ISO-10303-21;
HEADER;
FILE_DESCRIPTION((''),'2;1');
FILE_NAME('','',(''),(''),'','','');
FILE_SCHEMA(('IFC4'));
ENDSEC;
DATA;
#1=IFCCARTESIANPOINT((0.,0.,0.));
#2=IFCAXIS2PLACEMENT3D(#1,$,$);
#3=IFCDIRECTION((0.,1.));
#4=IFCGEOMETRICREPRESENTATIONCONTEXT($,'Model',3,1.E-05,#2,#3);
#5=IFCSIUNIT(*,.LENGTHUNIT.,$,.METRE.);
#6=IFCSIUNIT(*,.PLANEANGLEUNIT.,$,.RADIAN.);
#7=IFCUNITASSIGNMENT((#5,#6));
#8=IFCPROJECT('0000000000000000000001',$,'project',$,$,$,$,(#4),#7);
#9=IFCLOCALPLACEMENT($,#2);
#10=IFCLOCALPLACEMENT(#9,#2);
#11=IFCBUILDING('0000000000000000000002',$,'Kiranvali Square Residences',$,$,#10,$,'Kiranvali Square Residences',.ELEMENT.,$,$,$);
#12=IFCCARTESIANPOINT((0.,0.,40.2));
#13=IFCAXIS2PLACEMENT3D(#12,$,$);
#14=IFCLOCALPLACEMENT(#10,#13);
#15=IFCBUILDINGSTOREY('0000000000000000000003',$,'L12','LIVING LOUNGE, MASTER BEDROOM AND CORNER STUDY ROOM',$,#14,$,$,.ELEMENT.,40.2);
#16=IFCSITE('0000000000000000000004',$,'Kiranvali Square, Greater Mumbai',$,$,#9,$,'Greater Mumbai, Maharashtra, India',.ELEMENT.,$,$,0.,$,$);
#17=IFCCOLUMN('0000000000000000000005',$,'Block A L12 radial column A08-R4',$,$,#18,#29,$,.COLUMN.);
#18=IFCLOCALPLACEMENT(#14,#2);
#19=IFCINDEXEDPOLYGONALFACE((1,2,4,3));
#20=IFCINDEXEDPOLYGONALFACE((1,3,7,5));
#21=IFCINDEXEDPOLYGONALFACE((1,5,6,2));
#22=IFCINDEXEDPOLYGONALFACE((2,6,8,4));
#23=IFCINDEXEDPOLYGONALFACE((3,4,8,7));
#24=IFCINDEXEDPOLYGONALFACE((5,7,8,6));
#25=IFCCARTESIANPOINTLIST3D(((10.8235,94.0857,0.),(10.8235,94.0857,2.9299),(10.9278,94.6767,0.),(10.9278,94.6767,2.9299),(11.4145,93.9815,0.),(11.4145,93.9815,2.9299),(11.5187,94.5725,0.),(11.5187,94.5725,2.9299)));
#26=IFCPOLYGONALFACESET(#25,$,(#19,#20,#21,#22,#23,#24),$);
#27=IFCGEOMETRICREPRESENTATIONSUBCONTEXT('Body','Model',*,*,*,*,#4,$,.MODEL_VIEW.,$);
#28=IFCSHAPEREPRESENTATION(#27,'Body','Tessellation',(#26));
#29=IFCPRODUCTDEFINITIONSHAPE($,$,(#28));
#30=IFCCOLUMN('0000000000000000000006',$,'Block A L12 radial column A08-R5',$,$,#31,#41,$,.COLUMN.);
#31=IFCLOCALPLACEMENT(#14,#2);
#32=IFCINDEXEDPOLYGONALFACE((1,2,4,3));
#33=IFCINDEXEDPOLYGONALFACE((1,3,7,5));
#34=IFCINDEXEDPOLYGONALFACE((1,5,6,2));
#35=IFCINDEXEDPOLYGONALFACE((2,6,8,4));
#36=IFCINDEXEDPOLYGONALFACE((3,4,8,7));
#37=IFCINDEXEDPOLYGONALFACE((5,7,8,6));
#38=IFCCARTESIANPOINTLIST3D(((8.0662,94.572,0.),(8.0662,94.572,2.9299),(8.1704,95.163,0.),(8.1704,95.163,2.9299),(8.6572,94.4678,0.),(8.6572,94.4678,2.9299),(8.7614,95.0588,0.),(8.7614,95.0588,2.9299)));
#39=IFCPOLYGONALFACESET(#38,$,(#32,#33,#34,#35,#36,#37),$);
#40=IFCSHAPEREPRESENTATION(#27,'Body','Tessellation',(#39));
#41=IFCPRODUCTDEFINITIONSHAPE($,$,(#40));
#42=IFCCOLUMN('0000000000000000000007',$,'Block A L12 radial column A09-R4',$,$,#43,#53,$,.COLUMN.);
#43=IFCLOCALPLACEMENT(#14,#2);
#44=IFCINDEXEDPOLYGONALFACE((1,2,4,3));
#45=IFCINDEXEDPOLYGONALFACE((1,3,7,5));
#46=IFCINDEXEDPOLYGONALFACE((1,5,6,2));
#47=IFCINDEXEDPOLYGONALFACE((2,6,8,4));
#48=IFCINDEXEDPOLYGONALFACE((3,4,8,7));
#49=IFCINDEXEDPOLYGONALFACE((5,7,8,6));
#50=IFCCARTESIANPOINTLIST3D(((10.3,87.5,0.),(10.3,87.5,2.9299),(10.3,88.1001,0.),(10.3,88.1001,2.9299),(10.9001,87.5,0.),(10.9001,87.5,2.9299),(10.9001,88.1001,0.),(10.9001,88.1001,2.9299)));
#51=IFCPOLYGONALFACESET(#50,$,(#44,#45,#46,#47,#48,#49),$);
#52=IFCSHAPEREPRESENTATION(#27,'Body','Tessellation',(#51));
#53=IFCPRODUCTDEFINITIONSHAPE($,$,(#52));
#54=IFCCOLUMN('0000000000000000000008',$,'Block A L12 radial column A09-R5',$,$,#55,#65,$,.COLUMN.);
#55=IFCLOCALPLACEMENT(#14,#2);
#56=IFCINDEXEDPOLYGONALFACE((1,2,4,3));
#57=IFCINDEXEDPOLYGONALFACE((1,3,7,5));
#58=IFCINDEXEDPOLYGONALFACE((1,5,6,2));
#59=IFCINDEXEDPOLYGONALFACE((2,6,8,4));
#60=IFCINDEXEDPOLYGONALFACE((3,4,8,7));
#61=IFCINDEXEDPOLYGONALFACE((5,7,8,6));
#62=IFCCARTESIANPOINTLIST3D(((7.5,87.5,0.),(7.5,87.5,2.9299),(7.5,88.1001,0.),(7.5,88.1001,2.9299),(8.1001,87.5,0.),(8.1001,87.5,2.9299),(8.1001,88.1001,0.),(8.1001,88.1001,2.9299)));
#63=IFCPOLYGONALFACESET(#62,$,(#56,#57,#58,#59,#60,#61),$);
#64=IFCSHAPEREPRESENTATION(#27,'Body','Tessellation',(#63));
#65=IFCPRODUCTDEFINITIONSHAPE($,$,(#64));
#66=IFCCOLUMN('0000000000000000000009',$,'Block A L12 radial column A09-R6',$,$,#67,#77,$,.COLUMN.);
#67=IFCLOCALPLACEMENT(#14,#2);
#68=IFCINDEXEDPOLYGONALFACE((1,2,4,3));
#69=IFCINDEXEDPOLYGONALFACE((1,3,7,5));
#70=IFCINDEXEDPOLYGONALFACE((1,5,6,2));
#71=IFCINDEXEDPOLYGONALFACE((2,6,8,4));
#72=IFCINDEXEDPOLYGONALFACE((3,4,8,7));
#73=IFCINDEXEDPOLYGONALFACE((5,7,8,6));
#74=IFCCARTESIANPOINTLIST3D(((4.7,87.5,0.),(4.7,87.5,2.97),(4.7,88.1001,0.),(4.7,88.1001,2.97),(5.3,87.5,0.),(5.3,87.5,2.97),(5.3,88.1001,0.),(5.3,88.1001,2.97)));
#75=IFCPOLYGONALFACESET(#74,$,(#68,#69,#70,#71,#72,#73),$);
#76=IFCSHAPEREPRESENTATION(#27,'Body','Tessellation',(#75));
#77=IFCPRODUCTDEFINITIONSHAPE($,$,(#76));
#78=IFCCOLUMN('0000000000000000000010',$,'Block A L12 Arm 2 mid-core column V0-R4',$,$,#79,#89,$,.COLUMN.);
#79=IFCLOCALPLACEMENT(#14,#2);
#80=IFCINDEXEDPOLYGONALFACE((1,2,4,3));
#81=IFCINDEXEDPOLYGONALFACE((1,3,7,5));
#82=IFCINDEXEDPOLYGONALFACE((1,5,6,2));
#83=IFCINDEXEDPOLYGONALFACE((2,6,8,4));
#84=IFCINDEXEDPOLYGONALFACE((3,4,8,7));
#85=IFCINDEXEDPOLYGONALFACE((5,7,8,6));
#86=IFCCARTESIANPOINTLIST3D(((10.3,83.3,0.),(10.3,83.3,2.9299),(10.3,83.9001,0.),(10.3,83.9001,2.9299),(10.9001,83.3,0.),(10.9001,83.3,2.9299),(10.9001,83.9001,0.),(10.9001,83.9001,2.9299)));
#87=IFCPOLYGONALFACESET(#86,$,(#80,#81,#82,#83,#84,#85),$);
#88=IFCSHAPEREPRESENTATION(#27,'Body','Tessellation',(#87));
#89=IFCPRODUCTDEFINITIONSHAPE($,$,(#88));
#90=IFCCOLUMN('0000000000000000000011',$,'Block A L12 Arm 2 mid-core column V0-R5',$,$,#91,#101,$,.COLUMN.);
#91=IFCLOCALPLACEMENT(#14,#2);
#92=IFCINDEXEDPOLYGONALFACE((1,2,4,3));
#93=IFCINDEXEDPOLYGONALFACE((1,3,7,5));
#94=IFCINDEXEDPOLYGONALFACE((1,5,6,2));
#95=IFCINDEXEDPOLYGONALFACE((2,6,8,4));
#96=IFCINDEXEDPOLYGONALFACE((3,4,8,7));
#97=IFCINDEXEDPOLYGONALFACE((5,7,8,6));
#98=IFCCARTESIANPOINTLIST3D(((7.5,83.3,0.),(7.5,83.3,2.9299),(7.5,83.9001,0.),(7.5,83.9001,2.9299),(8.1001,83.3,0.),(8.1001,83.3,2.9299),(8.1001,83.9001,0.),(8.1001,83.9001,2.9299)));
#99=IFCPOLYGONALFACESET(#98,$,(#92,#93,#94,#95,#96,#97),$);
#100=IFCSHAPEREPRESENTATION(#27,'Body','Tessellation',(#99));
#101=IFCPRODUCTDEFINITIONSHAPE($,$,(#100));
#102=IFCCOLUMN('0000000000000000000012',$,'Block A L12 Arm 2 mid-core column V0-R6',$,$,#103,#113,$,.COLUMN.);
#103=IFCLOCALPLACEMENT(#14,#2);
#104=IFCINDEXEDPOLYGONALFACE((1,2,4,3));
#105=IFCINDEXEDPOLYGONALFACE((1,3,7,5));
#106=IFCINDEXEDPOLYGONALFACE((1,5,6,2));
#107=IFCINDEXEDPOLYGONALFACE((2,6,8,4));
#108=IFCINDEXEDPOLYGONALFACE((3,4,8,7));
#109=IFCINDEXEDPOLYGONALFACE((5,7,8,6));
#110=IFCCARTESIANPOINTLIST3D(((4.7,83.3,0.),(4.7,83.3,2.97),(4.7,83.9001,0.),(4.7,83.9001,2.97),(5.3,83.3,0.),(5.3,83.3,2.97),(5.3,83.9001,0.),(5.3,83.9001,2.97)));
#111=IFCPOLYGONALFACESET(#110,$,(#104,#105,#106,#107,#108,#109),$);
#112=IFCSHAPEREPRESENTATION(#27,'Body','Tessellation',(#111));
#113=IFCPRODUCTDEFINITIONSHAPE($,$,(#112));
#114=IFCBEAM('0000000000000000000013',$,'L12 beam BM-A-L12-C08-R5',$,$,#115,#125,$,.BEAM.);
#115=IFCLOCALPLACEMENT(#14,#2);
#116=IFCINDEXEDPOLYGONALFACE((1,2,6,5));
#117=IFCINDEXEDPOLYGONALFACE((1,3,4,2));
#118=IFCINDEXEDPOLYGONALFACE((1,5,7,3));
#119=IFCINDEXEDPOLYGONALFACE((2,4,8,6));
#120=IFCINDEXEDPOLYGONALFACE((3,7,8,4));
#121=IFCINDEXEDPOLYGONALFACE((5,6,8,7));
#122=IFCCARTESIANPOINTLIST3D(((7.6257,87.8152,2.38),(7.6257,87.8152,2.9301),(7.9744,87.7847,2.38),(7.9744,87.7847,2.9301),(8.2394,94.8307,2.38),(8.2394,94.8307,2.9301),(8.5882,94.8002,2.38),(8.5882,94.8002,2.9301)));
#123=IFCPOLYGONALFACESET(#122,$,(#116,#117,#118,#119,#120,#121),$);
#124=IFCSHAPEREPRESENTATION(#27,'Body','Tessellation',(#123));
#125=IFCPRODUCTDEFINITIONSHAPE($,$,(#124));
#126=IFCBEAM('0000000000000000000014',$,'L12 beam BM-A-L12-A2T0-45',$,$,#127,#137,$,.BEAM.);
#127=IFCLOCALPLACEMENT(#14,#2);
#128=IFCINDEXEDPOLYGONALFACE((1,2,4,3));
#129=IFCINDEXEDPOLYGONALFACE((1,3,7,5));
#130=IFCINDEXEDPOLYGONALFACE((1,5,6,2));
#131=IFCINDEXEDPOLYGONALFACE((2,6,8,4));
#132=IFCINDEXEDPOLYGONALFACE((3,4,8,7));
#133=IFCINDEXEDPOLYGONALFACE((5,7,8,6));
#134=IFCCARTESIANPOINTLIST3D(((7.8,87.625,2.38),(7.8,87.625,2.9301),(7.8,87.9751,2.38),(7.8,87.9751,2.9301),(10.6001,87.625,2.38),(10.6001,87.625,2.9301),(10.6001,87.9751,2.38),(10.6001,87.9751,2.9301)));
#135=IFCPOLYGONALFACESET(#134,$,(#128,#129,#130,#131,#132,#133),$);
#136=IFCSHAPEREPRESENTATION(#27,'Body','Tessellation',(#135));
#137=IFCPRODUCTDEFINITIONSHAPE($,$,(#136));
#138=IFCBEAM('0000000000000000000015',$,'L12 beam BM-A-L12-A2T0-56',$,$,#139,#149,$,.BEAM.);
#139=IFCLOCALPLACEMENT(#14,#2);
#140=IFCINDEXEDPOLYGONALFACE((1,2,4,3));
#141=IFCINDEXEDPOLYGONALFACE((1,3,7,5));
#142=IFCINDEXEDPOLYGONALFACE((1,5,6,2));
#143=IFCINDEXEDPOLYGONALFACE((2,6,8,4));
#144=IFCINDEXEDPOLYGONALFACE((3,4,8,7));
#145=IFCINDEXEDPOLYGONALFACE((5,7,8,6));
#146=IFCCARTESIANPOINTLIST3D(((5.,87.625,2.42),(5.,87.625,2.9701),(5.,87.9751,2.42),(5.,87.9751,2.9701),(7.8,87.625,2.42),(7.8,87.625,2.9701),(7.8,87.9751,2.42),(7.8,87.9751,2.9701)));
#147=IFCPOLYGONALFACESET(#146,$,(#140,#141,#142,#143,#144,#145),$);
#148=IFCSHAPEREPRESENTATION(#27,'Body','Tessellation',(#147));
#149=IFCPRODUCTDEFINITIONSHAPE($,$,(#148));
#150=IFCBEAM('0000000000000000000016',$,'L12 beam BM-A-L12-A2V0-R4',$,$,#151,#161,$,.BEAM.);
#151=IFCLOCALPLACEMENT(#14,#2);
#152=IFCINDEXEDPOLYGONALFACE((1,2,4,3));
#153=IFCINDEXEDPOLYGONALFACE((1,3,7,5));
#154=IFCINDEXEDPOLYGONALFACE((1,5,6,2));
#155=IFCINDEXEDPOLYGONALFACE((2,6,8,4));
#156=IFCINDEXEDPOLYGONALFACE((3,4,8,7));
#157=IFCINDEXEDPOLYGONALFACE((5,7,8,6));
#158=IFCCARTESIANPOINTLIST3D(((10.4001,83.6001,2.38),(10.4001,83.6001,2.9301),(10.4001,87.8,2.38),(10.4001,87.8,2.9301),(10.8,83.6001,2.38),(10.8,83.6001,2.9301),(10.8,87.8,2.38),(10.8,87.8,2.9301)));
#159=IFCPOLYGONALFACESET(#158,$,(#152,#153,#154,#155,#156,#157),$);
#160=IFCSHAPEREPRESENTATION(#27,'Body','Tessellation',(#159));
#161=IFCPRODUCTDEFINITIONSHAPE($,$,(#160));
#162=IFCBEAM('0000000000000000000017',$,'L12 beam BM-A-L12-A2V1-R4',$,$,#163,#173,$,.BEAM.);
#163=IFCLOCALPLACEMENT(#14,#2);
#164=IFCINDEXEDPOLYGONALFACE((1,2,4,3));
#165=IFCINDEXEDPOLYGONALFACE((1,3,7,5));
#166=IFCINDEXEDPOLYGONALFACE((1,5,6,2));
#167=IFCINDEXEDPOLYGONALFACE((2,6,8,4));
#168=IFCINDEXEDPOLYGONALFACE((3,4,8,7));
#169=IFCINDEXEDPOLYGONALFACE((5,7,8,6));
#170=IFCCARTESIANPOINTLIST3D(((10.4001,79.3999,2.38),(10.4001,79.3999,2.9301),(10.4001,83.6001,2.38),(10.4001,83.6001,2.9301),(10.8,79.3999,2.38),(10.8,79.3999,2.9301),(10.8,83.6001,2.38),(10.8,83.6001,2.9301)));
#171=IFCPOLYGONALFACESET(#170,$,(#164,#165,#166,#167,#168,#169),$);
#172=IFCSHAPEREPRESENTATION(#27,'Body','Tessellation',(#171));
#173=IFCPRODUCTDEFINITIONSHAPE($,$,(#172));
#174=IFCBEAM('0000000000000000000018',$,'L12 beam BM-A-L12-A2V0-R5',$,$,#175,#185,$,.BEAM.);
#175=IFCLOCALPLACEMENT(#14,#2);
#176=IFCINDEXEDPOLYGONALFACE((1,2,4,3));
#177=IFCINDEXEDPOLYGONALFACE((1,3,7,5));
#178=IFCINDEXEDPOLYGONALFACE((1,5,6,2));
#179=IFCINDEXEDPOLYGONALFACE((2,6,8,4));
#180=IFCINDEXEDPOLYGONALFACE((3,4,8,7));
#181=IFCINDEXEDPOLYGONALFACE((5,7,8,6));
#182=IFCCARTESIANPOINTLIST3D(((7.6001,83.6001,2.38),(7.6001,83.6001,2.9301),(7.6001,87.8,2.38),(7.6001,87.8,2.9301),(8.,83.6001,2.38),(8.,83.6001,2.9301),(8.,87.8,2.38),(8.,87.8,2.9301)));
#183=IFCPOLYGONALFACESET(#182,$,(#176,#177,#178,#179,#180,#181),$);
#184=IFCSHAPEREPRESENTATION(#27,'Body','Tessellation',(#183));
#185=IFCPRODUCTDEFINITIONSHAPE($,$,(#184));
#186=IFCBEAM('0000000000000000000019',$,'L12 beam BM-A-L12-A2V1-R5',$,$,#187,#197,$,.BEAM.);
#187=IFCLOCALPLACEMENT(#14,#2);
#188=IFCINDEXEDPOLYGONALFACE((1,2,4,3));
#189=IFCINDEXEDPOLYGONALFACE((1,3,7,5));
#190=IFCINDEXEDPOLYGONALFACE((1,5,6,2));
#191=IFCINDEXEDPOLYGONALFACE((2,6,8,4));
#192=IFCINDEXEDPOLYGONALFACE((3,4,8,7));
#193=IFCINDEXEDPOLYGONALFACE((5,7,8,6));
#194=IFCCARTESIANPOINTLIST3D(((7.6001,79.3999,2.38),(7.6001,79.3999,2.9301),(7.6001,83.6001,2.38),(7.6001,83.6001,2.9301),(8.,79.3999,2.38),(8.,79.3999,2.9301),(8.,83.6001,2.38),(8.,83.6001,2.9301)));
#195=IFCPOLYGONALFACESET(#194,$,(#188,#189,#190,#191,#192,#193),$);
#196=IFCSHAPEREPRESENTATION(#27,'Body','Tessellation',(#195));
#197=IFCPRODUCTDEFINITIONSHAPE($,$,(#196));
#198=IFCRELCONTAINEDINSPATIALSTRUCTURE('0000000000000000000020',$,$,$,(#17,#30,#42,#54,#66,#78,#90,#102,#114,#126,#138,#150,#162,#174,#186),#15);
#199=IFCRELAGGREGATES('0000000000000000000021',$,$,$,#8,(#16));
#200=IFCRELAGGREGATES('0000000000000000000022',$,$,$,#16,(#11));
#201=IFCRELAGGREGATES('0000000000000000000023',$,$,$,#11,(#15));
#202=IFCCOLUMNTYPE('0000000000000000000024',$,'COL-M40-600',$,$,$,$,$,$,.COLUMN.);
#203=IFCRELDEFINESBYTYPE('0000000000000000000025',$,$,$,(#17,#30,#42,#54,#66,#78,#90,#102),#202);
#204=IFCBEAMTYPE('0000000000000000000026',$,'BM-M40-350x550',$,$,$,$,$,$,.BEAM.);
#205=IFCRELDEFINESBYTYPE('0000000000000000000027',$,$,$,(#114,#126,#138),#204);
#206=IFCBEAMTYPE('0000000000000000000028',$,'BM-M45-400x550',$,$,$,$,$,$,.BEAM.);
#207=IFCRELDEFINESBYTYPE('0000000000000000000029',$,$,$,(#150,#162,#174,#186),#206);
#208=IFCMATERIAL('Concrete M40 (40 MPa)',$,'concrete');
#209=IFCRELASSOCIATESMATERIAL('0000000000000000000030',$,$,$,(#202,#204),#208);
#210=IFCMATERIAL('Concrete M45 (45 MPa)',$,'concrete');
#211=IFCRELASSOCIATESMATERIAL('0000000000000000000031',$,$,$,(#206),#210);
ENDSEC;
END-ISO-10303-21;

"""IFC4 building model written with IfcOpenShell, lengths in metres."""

from ifc_helpers import new_model, si_unit, direction, frame, origin, origin_2d, place, context, subcontext, project, spatial, rectangle, extrude, material, material_profile, profile_set, type_object, element, save


model = new_model("IFC4")

# Units and contexts
model_context = context("Model", 3, precision=1e-05, world=origin(), true_north=direction((0.0, 1.0)))
body_context = subcontext(model_context, "Body", "Model", "MODEL_VIEW")
ifc_project = project(units=[si_unit("LENGTHUNIT", "METRE"), si_unit("PLANEANGLEUNIT", "RADIAN")], contexts=[model_context])

# Site, building, storey
site_placement = place(None, origin())
site = spatial("IfcSite", under=ifc_project, at=site_placement, Name="Kiranvali Square, Greater Mumbai", LongName="Greater Mumbai, Maharashtra, India", CompositionType="ELEMENT", RefElevation=0.0)
building_placement = place(site_placement, origin())
building = spatial("IfcBuilding", under=site, at=building_placement, Name="Kiranvali Square Residences", LongName="Kiranvali Square Residences", CompositionType="ELEMENT")
storey_placement = place(building_placement, frame((0.0, 0.0, 40.2)))
storey = spatial("IfcBuildingStorey", under=building, at=storey_placement, Name="L12", Description="LIVING LOUNGE, MASTER BEDROOM AND CORNER STUDY ROOM", CompositionType="ELEMENT", Elevation=40.2)

# Columns
ifc_material_1 = material(Name="Concrete M40 (40 MPa)", Category="concrete")
ifc_material_profile_1 = material_profile(ifc_material_1, rectangle(XDim=0.6001, YDim=0.6001, at=origin_2d()), Name="RC 600x600")
ifc_profile_set_1 = profile_set([ifc_material_profile_1], Name="Concrete M40 (40 MPa)")
column_type = type_object("IfcColumnType", Name="COL-M40-600", PredefinedType="COLUMN", material=ifc_profile_set_1)
for number, where, z_axis, x_axis, name in (
    (1, (11.1711, 94.3291, 0.0), (0.0, 0.0, 1.0), (0.173648, 0.984808, 0.0), "Block A L12 radial column A08-R4"),
    (2, (8.4138, 94.8154, 0.0), (0.0, 0.0, 1.0), (0.173648, 0.984808, 0.0), "Block A L12 radial column A08-R5"),
    (3, (10.6001, 87.8, 0.0), (0.0, 0.0, 1.0), (0.0, 1.0, 0.0), "Block A L12 radial column A09-R4"),
    (4, (7.8, 87.8, 0.0), (0.0, 0.0, 1.0), (0.0, 1.0, 0.0), "Block A L12 radial column A09-R5"),
):
    element("IfcColumn", number, at=place(storey_placement, frame(where, z_axis=z_axis, x_axis=x_axis)), inside=storey, type_object=column_type, Name=name, PredefinedType="COLUMN", context=body_context, shape_type="SweptSolid", body=[
        extrude(rectangle(XDim=0.6001, YDim=0.6001, at=origin_2d()), origin(), (0.0, 0.0, 1.0), 2.9299),
    ])
column_1_placement = place(storey_placement, frame((5.0, 87.8, 0.0), z_axis=(0.0, 0.0, 1.0), x_axis=(0.0, 1.0, 0.0)))
element("IfcColumn", 5, at=column_1_placement, inside=storey, type_object=column_type, Name="Block A L12 radial column A09-R6", PredefinedType="COLUMN", context=body_context, shape_type="SweptSolid", body=[
    extrude(rectangle(XDim=0.6001, YDim=0.6001, at=origin_2d()), origin(), (0.0, 0.0, 1.0), 2.97),
])
for number, where, z_axis, x_axis, name in (
    (6, (10.6001, 83.6001, 0.0), (0.0, 0.0, 1.0), (1.0, 0.0, 0.0), "Block A L12 Arm 2 mid-core column V0-R4"),
    (7, (7.8, 83.6001, 0.0), (0.0, 0.0, 1.0), (1.0, 0.0, 0.0), "Block A L12 Arm 2 mid-core column V0-R5"),
):
    element("IfcColumn", number, at=place(storey_placement, frame(where, z_axis=z_axis, x_axis=x_axis)), inside=storey, type_object=column_type, Name=name, PredefinedType="COLUMN", context=body_context, shape_type="SweptSolid", body=[
        extrude(rectangle(XDim=0.6001, YDim=0.6001, at=origin_2d()), origin(), (0.0, 0.0, 1.0), 2.9299),
    ])
column_2_placement = place(storey_placement, frame((5.0, 83.6001, 0.0), z_axis=(0.0, 0.0, 1.0), x_axis=(1.0, 0.0, 0.0)))
element("IfcColumn", 8, at=column_2_placement, inside=storey, type_object=column_type, Name="Block A L12 Arm 2 mid-core column V0-R6", PredefinedType="COLUMN", context=body_context, shape_type="SweptSolid", body=[
    extrude(rectangle(XDim=0.6001, YDim=0.6001, at=origin_2d()), origin(), (0.0, 0.0, 1.0), 2.97),
])

# Beams
ifc_material_profile_2 = material_profile(ifc_material_1, rectangle(XDim=0.3501, YDim=0.55, at=origin_2d()), Name="RC 350x550")
ifc_profile_set_2 = profile_set([ifc_material_profile_2], Name="Concrete M40 (40 MPa)")
beam_type_1 = type_object("IfcBeamType", Name="BM-M40-350x550", PredefinedType="BEAM", material=ifc_profile_set_2)
beam_1_placement = place(storey_placement, frame((8.4138, 94.8154, 2.655), z_axis=(-0.087156, -0.996195, 0.0), x_axis=(0.996195, -0.087156, 0.0)))
element("IfcBeam", 9, at=beam_1_placement, inside=storey, type_object=beam_type_1, Name="L12 beam BM-A-L12-C08-R5", PredefinedType="BEAM", context=body_context, shape_type="SweptSolid", body=[
    extrude(rectangle(XDim=0.3501, YDim=0.55, at=origin_2d()), origin(), (0.0, 0.0, 1.0), 7.0422),
])
for number, where, z_axis, x_axis, name in (
    (10, (10.6001, 87.8, 2.655), (-1.0, 0.0, 0.0), (0.0, -1.0, 0.0), "L12 beam BM-A-L12-A2T0-45"),
    (11, (7.8, 87.8, 2.6951), (-1.0, 0.0, 0.0), (0.0, -1.0, 0.0), "L12 beam BM-A-L12-A2T0-56"),
):
    element("IfcBeam", number, at=place(storey_placement, frame(where, z_axis=z_axis, x_axis=x_axis)), inside=storey, type_object=beam_type_1, Name=name, PredefinedType="BEAM", context=body_context, shape_type="SweptSolid", body=[
        extrude(rectangle(XDim=0.3501, YDim=0.55, at=origin_2d()), origin(), (0.0, 0.0, 1.0), 2.8),
    ])
ifc_material_2 = material(Name="Concrete M45 (45 MPa)", Category="concrete")
ifc_material_profile_3 = material_profile(ifc_material_2, rectangle(XDim=0.3999, YDim=0.55, at=origin_2d()), Name="RC 400x550")
ifc_profile_set_3 = profile_set([ifc_material_profile_3], Name="Concrete M45 (45 MPa)")
beam_type_2 = type_object("IfcBeamType", Name="BM-M45-400x550", PredefinedType="BEAM", material=ifc_profile_set_3)
beam_2_placement = place(storey_placement, frame((10.6001, 87.8, 2.655), z_axis=(0.0, -1.0, 0.0), x_axis=(1.0, 0.0, 0.0)))
element("IfcBeam", 12, at=beam_2_placement, inside=storey, type_object=beam_type_2, Name="L12 beam BM-A-L12-A2V0-R4", PredefinedType="BEAM", context=body_context, shape_type="SweptSolid", body=[
    extrude(rectangle(XDim=0.3999, YDim=0.55, at=origin_2d()), origin(), (0.0, 0.0, 1.0), 4.2),
])
beam_3_placement = place(storey_placement, frame((10.6001, 83.6001, 2.655), z_axis=(0.0, -1.0, 0.0), x_axis=(1.0, 0.0, 0.0)))
element("IfcBeam", 13, at=beam_3_placement, inside=storey, type_object=beam_type_2, Name="L12 beam BM-A-L12-A2V1-R4", PredefinedType="BEAM", context=body_context, shape_type="SweptSolid", body=[
    extrude(rectangle(XDim=0.3999, YDim=0.55, at=origin_2d()), origin(), (0.0, 0.0, 1.0), 4.2002),
])
beam_4_placement = place(storey_placement, frame((7.8, 87.8, 2.655), z_axis=(0.0, -1.0, 0.0), x_axis=(1.0, 0.0, 0.0)))
element("IfcBeam", 14, at=beam_4_placement, inside=storey, type_object=beam_type_2, Name="L12 beam BM-A-L12-A2V0-R5", PredefinedType="BEAM", context=body_context, shape_type="SweptSolid", body=[
    extrude(rectangle(XDim=0.3999, YDim=0.55, at=origin_2d()), origin(), (0.0, 0.0, 1.0), 4.2),
])
beam_5_placement = place(storey_placement, frame((7.8, 83.6001, 2.655), z_axis=(0.0, -1.0, 0.0), x_axis=(1.0, 0.0, 0.0)))
element("IfcBeam", 15, at=beam_5_placement, inside=storey, type_object=beam_type_2, Name="L12 beam BM-A-L12-A2V1-R5", PredefinedType="BEAM", context=body_context, shape_type="SweptSolid", body=[
    extrude(rectangle(XDim=0.3999, YDim=0.55, at=origin_2d()), origin(), (0.0, 0.0, 1.0), 4.2002),
])

save(model, "model.ifc")
